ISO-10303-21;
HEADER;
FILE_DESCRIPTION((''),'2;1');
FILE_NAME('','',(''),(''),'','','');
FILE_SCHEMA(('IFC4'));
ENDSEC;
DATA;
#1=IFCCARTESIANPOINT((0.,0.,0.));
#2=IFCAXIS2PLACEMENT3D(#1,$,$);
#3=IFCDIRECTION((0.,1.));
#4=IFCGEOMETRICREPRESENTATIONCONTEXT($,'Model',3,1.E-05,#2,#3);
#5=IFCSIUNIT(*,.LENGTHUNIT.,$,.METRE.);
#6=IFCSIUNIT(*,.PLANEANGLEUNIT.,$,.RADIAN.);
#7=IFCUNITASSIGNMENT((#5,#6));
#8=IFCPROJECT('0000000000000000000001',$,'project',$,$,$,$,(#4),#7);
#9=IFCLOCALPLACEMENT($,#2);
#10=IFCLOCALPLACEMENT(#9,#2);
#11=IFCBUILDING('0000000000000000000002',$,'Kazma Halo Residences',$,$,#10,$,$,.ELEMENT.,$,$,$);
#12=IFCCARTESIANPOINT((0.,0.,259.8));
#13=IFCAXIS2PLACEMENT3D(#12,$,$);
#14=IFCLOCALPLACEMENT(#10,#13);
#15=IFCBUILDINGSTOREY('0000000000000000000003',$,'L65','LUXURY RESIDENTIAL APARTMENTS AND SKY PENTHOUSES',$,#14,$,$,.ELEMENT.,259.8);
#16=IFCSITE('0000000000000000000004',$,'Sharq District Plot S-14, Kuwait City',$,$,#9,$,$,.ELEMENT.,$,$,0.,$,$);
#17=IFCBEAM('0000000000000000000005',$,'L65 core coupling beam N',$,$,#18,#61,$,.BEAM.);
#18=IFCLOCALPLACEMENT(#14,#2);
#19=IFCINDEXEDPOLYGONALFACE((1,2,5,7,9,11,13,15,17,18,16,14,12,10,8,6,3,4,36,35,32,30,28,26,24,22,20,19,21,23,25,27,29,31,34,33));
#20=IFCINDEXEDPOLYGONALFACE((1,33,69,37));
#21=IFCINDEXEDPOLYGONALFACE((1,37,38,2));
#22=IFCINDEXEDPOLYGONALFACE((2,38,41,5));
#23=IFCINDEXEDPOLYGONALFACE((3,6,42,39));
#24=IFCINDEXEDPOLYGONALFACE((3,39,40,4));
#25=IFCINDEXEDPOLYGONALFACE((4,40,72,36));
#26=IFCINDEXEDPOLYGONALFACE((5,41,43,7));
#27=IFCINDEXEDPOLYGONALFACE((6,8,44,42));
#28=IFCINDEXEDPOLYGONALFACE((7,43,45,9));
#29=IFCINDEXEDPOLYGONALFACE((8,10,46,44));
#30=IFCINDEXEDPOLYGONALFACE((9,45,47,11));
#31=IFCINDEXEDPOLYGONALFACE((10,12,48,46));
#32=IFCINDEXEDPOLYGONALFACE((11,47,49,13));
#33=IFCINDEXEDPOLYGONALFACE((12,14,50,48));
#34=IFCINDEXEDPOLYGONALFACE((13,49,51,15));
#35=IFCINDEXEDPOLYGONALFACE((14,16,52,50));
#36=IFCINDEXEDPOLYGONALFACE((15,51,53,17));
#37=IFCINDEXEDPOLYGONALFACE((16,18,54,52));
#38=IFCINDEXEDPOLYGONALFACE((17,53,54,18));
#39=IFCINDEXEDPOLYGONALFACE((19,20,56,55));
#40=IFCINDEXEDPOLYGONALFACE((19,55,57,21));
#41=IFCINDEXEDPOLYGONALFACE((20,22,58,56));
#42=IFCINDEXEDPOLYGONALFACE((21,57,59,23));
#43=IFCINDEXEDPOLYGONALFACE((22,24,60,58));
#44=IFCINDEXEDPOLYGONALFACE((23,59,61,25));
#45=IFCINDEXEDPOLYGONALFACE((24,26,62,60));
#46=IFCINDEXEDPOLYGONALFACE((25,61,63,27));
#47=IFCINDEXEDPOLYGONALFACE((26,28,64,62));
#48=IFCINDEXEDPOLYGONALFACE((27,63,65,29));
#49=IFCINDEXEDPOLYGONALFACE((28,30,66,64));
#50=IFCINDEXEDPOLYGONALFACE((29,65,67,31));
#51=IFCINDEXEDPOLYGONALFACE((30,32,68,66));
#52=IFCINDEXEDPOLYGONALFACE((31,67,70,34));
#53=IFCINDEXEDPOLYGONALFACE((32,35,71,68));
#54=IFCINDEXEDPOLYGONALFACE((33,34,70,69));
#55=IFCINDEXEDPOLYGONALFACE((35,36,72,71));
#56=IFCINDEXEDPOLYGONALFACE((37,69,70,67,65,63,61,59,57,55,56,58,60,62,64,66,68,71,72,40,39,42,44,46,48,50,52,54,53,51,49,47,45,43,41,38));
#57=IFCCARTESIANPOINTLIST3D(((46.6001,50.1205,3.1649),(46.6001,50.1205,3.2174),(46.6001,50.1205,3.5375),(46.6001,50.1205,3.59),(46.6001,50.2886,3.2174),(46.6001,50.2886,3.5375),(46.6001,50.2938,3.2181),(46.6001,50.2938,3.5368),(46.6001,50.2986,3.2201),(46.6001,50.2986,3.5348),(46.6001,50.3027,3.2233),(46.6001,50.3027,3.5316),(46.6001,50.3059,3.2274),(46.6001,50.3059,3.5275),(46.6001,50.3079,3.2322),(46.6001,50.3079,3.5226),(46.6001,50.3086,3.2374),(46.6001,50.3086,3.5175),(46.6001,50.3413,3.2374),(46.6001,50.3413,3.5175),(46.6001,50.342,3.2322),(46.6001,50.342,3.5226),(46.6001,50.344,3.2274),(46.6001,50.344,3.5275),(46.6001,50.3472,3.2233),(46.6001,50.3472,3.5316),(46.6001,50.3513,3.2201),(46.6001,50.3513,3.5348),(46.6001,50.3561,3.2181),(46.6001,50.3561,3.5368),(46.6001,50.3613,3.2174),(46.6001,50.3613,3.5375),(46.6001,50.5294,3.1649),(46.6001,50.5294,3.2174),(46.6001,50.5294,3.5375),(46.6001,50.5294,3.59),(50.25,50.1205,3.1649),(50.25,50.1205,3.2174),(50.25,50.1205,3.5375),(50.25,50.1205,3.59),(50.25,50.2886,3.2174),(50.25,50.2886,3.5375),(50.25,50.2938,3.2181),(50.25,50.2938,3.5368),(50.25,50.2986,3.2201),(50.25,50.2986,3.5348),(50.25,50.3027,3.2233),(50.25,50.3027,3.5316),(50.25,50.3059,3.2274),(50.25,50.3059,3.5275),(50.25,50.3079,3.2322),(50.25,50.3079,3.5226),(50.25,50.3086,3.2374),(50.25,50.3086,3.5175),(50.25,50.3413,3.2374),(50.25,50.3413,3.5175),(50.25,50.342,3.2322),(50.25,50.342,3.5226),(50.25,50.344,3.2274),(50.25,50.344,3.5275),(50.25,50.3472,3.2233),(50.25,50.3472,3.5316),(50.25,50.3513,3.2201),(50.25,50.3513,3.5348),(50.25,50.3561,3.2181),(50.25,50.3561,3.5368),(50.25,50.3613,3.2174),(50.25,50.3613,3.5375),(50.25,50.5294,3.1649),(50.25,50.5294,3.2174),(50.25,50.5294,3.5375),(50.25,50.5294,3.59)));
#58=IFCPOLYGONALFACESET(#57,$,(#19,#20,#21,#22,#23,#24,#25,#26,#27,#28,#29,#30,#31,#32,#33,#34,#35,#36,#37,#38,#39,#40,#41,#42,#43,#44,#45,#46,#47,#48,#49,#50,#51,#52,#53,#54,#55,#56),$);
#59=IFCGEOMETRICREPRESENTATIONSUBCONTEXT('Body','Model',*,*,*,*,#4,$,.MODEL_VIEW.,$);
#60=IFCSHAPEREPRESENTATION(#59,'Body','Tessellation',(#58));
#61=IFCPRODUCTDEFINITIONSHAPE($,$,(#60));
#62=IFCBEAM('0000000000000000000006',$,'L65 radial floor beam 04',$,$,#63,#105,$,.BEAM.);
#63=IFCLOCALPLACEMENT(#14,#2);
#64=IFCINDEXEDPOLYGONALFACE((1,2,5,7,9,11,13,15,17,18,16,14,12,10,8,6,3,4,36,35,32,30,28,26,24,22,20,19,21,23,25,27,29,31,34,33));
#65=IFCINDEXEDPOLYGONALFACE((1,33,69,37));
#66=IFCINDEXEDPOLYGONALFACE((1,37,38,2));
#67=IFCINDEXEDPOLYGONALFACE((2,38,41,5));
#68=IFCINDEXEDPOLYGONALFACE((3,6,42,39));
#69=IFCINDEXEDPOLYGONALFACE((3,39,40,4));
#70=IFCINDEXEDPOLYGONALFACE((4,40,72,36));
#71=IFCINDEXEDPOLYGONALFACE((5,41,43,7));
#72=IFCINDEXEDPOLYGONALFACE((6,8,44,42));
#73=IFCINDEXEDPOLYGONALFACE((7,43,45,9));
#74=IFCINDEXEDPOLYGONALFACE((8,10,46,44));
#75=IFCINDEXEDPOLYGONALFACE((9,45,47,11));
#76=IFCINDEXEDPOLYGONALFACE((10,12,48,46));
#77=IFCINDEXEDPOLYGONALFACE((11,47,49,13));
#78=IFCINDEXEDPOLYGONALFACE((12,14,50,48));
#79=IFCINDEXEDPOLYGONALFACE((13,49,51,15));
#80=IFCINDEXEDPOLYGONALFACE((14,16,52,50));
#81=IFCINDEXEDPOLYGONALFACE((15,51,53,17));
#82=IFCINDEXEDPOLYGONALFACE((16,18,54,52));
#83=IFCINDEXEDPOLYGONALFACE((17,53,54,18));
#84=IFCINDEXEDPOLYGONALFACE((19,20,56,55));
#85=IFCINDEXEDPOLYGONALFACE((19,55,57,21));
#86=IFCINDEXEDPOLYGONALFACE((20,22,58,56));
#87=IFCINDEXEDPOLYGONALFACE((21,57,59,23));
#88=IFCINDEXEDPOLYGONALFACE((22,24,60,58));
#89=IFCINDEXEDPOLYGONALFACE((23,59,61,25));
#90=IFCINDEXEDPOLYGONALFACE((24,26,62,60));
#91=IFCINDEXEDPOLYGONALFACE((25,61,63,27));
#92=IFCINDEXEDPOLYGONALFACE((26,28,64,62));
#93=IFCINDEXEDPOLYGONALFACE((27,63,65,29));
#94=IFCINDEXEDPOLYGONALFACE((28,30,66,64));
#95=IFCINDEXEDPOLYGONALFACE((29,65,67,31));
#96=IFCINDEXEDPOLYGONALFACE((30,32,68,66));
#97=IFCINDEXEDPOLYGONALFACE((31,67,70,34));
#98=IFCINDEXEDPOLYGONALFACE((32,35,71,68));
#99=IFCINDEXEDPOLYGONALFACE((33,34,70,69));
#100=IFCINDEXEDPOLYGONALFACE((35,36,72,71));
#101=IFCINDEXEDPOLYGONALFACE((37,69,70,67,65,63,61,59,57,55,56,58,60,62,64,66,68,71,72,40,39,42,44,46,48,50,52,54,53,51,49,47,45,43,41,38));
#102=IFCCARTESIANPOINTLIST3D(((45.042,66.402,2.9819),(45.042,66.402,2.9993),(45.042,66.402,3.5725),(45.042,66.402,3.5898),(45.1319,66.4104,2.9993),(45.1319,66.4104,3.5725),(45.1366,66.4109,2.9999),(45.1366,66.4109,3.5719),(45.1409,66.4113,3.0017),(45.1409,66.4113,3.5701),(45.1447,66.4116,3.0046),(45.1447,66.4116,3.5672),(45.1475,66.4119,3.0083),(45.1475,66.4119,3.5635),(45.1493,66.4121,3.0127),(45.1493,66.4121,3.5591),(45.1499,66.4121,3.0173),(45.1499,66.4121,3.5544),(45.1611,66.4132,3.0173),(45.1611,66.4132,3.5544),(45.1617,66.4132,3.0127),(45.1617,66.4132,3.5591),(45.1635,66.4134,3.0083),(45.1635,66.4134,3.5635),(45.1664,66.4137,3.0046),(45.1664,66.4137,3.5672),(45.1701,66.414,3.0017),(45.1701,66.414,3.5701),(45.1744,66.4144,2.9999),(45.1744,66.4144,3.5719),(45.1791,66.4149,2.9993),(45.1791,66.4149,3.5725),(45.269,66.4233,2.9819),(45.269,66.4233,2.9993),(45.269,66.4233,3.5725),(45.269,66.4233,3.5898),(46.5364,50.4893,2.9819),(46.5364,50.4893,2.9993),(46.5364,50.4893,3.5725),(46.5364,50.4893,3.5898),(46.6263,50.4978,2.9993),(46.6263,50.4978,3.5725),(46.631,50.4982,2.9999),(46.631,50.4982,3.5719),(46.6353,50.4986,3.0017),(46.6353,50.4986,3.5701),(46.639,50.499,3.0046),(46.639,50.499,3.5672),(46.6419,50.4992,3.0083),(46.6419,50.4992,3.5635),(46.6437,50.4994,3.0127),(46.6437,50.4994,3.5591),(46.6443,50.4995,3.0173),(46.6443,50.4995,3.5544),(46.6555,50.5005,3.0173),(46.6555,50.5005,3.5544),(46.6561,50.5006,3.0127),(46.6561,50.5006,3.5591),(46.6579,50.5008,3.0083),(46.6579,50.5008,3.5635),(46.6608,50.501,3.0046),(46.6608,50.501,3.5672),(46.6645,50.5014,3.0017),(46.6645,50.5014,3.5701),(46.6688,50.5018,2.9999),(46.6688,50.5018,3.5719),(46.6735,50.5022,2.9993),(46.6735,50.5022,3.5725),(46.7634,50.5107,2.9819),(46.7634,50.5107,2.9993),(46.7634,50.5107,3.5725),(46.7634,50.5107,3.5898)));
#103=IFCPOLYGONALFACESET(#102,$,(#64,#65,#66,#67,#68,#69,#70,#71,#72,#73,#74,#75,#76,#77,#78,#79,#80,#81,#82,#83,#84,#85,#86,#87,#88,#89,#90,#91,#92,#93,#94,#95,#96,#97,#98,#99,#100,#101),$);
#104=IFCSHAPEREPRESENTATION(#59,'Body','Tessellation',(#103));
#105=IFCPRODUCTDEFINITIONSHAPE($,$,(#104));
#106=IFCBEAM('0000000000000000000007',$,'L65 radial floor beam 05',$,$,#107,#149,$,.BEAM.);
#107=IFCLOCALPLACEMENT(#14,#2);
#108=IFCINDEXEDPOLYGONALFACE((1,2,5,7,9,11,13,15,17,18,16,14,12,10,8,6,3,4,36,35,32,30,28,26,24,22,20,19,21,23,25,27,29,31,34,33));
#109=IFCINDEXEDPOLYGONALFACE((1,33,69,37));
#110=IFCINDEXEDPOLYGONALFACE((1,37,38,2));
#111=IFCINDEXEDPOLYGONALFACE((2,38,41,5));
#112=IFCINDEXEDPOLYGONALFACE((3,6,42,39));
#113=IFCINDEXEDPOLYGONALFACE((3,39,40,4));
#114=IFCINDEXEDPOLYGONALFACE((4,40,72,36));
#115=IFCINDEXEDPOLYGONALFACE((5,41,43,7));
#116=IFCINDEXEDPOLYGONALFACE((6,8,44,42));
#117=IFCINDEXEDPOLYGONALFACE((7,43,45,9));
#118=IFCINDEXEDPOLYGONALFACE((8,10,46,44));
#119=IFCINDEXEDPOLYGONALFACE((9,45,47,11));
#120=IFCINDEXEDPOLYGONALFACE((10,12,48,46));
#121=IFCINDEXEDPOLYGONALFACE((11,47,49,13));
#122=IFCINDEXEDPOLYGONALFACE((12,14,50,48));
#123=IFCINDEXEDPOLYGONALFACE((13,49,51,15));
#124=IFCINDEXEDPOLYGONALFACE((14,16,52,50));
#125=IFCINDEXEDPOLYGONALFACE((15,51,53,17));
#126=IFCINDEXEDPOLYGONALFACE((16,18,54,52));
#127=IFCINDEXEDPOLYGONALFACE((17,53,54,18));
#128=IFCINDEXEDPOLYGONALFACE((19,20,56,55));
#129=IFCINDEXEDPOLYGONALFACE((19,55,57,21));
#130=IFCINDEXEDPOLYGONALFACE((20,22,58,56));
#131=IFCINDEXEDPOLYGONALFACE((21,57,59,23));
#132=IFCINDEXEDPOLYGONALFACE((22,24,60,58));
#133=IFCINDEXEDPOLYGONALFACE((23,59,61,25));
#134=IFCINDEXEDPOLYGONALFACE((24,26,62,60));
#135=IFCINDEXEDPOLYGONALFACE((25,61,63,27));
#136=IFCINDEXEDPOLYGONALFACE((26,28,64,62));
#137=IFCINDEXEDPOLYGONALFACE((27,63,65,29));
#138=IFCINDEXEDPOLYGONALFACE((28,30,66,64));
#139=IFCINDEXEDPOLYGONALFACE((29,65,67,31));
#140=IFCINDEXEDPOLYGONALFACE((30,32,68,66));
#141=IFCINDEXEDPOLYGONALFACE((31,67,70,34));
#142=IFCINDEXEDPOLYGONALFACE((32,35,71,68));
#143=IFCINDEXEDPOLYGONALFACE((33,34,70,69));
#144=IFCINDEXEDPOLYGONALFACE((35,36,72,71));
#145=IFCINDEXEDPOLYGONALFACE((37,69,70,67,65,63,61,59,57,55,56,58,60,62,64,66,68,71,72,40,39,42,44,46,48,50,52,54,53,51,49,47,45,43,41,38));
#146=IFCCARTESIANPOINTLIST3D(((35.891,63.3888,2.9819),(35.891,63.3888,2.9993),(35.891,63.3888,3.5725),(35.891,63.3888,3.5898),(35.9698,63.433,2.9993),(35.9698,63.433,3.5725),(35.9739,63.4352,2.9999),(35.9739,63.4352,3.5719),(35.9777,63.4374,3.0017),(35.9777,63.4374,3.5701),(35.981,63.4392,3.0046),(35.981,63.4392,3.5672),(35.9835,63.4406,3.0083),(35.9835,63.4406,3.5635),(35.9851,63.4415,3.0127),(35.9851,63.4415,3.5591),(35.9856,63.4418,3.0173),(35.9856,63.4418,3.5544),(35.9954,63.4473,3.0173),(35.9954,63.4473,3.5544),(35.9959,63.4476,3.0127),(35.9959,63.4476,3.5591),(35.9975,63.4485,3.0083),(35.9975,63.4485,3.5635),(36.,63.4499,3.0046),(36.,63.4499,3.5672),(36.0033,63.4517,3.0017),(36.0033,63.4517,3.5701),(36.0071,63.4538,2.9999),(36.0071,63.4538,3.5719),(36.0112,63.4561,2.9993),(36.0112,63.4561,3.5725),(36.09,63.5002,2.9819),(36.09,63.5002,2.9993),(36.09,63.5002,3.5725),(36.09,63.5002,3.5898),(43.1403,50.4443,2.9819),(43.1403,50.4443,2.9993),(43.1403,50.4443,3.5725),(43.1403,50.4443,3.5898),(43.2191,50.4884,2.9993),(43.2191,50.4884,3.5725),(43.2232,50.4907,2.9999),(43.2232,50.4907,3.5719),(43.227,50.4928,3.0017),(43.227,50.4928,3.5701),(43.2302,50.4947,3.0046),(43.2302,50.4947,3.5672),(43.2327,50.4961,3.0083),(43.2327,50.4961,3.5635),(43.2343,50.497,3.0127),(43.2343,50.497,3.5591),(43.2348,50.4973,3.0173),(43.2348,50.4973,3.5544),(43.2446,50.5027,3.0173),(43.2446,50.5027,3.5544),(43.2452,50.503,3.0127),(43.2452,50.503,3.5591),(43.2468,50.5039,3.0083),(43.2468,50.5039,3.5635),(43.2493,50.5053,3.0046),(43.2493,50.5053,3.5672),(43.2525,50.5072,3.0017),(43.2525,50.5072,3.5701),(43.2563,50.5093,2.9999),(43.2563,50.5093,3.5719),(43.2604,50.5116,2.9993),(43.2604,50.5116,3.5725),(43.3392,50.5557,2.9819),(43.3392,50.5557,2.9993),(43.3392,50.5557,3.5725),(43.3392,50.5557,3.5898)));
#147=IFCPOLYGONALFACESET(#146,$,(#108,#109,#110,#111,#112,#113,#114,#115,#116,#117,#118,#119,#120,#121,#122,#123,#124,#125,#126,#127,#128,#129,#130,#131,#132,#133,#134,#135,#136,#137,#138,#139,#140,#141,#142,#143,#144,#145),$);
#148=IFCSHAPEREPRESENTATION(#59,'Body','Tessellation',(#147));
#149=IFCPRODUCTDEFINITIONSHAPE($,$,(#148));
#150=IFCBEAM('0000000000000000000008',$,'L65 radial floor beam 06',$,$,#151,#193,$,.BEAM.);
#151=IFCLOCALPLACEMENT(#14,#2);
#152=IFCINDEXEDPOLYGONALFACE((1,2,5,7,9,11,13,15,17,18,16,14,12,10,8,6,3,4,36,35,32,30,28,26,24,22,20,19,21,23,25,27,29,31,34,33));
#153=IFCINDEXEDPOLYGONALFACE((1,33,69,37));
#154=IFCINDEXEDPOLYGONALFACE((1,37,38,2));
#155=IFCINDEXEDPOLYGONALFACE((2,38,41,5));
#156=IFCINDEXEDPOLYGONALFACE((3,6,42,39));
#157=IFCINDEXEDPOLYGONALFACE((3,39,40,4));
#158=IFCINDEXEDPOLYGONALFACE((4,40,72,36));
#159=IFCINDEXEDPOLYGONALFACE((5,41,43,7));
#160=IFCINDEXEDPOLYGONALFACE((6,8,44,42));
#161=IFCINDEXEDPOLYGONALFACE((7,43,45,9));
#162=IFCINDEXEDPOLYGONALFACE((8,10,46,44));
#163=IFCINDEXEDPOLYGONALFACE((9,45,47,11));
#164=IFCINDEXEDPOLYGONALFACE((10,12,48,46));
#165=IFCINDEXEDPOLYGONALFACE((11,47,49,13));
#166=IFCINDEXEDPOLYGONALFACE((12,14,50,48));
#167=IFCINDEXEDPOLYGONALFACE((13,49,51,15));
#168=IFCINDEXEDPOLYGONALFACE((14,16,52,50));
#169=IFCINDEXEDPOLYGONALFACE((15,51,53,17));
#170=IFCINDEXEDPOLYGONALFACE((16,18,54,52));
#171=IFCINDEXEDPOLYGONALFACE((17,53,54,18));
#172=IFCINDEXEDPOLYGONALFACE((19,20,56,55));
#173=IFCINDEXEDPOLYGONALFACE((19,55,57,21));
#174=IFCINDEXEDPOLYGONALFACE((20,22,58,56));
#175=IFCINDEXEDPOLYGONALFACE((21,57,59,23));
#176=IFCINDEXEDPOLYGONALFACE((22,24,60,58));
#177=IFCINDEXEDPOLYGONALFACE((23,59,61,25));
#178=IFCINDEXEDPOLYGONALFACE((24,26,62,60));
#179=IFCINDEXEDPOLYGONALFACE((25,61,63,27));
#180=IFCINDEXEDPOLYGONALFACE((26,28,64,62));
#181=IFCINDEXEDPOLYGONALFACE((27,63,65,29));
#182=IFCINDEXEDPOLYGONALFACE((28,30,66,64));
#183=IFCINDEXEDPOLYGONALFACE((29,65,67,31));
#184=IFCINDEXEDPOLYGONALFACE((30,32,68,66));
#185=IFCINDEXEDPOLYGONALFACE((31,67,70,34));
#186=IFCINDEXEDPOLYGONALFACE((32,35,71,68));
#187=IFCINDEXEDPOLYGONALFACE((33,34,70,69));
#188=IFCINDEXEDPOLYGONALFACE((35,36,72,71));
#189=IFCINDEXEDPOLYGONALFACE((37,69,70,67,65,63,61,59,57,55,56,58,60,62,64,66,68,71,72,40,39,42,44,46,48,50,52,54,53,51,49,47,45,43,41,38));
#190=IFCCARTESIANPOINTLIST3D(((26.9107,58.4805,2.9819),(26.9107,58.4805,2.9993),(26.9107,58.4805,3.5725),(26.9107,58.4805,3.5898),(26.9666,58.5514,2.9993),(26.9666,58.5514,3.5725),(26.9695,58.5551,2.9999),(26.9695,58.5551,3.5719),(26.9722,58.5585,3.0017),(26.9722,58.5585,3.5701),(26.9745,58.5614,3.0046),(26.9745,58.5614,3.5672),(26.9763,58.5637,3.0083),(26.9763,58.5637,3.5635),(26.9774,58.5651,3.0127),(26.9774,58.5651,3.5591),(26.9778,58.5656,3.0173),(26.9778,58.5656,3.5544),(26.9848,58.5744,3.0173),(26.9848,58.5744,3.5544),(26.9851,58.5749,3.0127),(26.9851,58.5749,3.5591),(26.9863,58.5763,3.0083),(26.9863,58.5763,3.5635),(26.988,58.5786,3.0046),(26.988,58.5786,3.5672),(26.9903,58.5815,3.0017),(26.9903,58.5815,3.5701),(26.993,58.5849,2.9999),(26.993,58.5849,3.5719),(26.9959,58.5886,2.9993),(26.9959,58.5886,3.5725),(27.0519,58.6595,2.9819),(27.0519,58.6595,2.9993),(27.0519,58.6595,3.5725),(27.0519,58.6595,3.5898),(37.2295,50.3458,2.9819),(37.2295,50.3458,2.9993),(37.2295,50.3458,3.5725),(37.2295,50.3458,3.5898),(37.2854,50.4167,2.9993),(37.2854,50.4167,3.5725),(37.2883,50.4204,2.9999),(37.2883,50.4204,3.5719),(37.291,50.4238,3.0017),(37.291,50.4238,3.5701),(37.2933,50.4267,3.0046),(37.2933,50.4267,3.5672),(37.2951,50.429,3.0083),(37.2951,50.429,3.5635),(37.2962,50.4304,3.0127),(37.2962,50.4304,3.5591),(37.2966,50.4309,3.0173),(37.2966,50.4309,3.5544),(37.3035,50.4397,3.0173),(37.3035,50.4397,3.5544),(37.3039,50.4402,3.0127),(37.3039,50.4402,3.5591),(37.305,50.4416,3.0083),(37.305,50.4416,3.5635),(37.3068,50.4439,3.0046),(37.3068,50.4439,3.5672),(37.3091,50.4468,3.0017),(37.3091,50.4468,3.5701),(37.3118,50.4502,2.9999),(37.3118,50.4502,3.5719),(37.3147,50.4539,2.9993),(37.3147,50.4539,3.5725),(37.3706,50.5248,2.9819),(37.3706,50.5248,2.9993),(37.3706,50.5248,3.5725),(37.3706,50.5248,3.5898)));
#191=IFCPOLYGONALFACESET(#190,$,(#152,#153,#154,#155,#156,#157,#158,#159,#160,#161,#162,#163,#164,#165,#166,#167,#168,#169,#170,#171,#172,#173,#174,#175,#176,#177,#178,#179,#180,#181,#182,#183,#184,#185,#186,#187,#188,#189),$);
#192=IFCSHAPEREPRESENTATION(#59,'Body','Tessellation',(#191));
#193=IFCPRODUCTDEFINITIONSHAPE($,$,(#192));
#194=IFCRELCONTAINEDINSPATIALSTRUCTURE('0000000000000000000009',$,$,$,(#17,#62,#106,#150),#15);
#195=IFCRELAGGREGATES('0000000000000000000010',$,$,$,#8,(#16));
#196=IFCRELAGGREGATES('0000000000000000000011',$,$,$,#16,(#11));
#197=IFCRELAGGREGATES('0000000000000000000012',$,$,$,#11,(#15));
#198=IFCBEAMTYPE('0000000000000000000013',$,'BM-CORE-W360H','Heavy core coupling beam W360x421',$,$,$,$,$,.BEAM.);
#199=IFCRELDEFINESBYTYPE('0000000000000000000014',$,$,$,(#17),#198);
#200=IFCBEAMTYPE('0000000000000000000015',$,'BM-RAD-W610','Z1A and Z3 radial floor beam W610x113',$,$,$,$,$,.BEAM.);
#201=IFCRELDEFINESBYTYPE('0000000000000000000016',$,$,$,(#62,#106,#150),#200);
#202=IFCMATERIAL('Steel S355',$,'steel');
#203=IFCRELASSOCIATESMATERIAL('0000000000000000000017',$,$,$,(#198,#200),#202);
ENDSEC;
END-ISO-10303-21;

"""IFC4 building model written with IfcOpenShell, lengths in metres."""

from ifc_helpers import new_model, si_unit, direction, frame, origin, origin_2d, place, context, subcontext, project, spatial, i_section, extrude, material, material_profile, profile_set, type_object, element, save


model = new_model("IFC4")

# Units and contexts
model_context = context("Model", 3, precision=1e-05, world=origin(), true_north=direction((0.0, 1.0)))
body_context = subcontext(model_context, "Body", "Model", "MODEL_VIEW")
ifc_project = project(units=[si_unit("LENGTHUNIT", "METRE"), si_unit("PLANEANGLEUNIT", "RADIAN")], contexts=[model_context])

# Site, building, storey
site_placement = place(None, origin())
site = spatial("IfcSite", under=ifc_project, at=site_placement, Name="Sharq District Plot S-14, Kuwait City", CompositionType="ELEMENT", RefElevation=0.0)
building_placement = place(site_placement, origin())
building = spatial("IfcBuilding", under=site, at=building_placement, Name="Kazma Halo Residences", CompositionType="ELEMENT")
storey_placement = place(building_placement, frame((0.0, 0.0, 259.8)))
storey = spatial("IfcBuildingStorey", under=building, at=storey_placement, Name="L65", Description="LUXURY RESIDENTIAL APARTMENTS AND SKY PENTHOUSES", CompositionType="ELEMENT", Elevation=259.8)

# Beams
ifc_material_1 = material(Name="Steel S355", Category="steel")
ifc_material_profile_1 = material_profile(ifc_material_1, i_section(OverallWidth=0.4089, OverallDepth=0.425, WebThickness=0.0327, FlangeThickness=0.0525, FilletRadius=0.02, at=origin_2d()), Name="W360x421")
ifc_profile_set_1 = profile_set([ifc_material_profile_1], Name="Steel S355")
beam_type_1 = type_object("IfcBeamType", Name="BM-CORE-W360H", Description="Heavy core coupling beam W360x421", PredefinedType="BEAM", material=ifc_profile_set_1)
beam_1_placement = place(storey_placement, frame((46.6001, 50.325, 3.3774), z_axis=(1.0, 0.0, 0.0), x_axis=(0.0, 1.0, 0.0)))
element("IfcBeam", 1, at=beam_1_placement, inside=storey, type_object=beam_type_1, Name="L65 core coupling beam N", PredefinedType="BEAM", context=body_context, shape_type="SweptSolid", body=[
    extrude(i_section(OverallWidth=0.4089, OverallDepth=0.425, WebThickness=0.0327, FlangeThickness=0.0525, FilletRadius=0.02, at=origin_2d()), origin(), (0.0, 0.0, 1.0), 3.6499),
])
ifc_material_profile_2 = material_profile(ifc_material_1, i_section(OverallWidth=0.228, OverallDepth=0.6079, WebThickness=0.0112, FlangeThickness=0.0173, FilletRadius=0.0181, at=origin_2d()), Name="W610x113")
ifc_profile_set_2 = profile_set([ifc_material_profile_2], Name="Steel S355")
beam_type_2 = type_object("IfcBeamType", Name="BM-RAD-W610", Description="Z1A and Z3 radial floor beam W610x113", PredefinedType="BEAM", material=ifc_profile_set_2)
beam_2_placement = place(storey_placement, frame((46.6499, 50.5, 3.2859), z_axis=(-0.093501, 0.995619, 0.0), x_axis=(-0.995619, -0.093501, 0.0)))
element("IfcBeam", 2, at=beam_2_placement, inside=storey, type_object=beam_type_2, Name="L65 radial floor beam 04", PredefinedType="BEAM", context=body_context, shape_type="SweptSolid", body=[
    extrude(i_section(OverallWidth=0.228, OverallDepth=0.6079, WebThickness=0.0112, FlangeThickness=0.0173, FilletRadius=0.0181, at=origin_2d()), origin(), (0.0, 0.0, 1.0), 15.9827),
])
beam_3_placement = place(storey_placement, frame((43.2397, 50.5, 3.2859), z_axis=(-0.488619, 0.872497, 0.0), x_axis=(-0.872497, -0.488619, 0.0)))
element("IfcBeam", 3, at=beam_3_placement, inside=storey, type_object=beam_type_2, Name="L65 radial floor beam 05", PredefinedType="BEAM", context=body_context, shape_type="SweptSolid", body=[
    extrude(i_section(OverallWidth=0.228, OverallDepth=0.6079, WebThickness=0.0112, FlangeThickness=0.0173, FilletRadius=0.0181, at=origin_2d()), origin(), (0.0, 0.0, 1.0), 14.8362),
])
beam_4_placement = place(storey_placement, frame((37.3, 50.4353, 3.2859), z_axis=(-0.785315, 0.619096, 0.0), x_axis=(-0.619096, -0.785315, 0.0)))
element("IfcBeam", 4, at=beam_4_placement, inside=storey, type_object=beam_type_2, Name="L65 radial floor beam 06", PredefinedType="BEAM", context=body_context, shape_type="SweptSolid", body=[
    extrude(i_section(OverallWidth=0.228, OverallDepth=0.6079, WebThickness=0.0112, FlangeThickness=0.0173, FilletRadius=0.0181, at=origin_2d()), origin(), (0.0, 0.0, 1.0), 13.1396),
])

save(model, "model.ifc")
